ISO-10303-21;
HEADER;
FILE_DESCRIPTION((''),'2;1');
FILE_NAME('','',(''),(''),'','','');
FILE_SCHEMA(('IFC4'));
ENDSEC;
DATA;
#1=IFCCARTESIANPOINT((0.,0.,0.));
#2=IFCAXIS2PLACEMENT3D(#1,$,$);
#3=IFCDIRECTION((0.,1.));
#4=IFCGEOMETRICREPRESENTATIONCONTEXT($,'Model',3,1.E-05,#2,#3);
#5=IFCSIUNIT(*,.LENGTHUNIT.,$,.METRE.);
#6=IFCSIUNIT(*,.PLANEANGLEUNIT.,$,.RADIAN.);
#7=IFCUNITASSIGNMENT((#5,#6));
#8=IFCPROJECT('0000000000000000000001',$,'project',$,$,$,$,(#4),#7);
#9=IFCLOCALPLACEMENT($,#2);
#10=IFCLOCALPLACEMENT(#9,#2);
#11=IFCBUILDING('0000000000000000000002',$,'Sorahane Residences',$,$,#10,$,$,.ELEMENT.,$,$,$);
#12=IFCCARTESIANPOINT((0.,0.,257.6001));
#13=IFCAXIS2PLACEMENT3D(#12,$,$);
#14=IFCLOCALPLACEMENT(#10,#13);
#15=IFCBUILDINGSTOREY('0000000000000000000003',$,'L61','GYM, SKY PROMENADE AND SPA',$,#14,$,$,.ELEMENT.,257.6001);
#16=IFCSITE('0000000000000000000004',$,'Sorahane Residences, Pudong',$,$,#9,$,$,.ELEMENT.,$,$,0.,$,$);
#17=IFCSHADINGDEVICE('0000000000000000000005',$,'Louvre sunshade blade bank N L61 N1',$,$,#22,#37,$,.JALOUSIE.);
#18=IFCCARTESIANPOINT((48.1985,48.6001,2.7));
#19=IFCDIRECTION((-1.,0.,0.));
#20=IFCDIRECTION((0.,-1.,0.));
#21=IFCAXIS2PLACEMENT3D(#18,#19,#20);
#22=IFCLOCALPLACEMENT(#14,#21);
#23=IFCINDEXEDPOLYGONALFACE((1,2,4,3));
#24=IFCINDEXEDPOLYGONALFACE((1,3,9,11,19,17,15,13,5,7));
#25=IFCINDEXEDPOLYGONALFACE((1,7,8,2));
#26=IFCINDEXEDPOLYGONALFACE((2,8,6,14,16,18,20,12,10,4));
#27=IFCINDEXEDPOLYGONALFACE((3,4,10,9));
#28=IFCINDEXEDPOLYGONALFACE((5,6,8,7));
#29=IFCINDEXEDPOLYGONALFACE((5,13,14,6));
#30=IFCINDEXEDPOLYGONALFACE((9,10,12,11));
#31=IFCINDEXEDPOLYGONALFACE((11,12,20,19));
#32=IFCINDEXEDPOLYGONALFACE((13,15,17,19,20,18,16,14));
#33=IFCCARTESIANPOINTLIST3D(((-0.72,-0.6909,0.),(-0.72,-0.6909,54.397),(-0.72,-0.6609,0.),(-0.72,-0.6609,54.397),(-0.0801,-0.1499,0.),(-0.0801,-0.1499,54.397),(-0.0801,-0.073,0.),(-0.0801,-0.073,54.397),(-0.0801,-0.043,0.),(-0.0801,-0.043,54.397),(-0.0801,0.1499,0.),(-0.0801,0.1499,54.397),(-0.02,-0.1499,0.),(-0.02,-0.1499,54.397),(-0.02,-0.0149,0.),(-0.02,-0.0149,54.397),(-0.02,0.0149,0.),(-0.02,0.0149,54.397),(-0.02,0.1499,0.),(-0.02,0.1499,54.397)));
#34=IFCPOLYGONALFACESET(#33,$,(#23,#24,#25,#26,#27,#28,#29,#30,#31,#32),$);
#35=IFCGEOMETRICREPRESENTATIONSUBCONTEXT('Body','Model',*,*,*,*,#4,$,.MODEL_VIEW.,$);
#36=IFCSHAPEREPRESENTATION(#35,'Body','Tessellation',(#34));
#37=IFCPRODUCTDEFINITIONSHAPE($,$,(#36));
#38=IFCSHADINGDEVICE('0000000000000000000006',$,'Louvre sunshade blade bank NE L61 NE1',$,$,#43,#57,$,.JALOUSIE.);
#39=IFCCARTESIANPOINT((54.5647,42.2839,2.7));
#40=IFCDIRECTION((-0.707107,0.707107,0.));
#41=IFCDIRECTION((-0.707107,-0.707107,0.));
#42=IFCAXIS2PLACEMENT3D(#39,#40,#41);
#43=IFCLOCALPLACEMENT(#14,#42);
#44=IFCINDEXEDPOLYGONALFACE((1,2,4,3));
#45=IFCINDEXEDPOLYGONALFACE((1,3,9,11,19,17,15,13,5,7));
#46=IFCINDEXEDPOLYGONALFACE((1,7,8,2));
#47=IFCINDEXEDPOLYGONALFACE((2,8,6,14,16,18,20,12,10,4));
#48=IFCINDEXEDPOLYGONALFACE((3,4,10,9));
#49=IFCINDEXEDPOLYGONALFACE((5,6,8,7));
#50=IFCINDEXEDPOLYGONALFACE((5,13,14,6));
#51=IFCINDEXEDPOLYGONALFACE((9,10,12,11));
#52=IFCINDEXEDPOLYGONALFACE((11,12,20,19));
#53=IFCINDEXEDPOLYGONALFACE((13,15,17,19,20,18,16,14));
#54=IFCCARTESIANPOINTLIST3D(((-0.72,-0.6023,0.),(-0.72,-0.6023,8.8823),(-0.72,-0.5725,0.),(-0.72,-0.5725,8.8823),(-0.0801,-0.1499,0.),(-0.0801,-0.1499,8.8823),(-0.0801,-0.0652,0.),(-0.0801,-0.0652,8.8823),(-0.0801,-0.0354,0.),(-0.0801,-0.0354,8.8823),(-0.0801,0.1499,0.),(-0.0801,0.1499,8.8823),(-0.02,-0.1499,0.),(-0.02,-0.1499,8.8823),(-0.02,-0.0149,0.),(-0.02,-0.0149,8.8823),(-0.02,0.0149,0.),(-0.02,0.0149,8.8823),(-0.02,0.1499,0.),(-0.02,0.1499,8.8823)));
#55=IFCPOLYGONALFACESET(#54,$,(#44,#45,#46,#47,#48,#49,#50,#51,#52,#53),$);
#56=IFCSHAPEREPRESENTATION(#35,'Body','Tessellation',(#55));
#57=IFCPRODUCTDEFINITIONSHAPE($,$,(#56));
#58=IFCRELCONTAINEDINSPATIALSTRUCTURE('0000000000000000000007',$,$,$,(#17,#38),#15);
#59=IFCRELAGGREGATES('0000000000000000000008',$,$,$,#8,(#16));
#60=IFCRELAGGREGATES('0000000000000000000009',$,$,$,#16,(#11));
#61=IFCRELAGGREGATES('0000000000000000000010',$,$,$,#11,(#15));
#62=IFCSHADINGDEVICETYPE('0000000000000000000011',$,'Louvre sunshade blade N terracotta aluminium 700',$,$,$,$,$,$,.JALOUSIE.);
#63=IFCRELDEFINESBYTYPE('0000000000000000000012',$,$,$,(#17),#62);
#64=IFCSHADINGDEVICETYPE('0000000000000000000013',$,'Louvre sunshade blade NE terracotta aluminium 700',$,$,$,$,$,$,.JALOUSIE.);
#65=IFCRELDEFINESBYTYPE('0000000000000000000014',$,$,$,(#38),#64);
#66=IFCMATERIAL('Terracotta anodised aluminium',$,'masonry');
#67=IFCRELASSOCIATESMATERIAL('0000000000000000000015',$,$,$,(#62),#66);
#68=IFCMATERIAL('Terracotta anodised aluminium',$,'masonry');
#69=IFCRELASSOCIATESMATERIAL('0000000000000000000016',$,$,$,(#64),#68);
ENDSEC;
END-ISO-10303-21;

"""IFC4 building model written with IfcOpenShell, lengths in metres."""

from ifc_helpers import new_model, si_unit, direction, frame, origin, place, context, subcontext, project, spatial, polyline, outline, extrude, material, type_object, element, save


model = new_model("IFC4")

# Units and contexts
model_context = context("Model", 3, precision=1e-05, world=origin(), true_north=direction((0.0, 1.0)))
body_context = subcontext(model_context, "Body", "Model", "MODEL_VIEW")
ifc_project = project(units=[si_unit("LENGTHUNIT", "METRE"), si_unit("PLANEANGLEUNIT", "RADIAN")], contexts=[model_context])

# Site, building, storey
site_placement = place(None, origin())
site = spatial("IfcSite", under=ifc_project, at=site_placement, Name="Sorahane Residences, Pudong", CompositionType="ELEMENT", RefElevation=0.0)
building_placement = place(site_placement, origin())
building = spatial("IfcBuilding", under=site, at=building_placement, Name="Sorahane Residences", CompositionType="ELEMENT")
storey_placement = place(building_placement, frame((0.0, 0.0, 257.6001)))
storey = spatial("IfcBuildingStorey", under=building, at=storey_placement, Name="L61", Description="GYM, SKY PROMENADE AND SPA", CompositionType="ELEMENT", Elevation=257.6001)

# Shading devices
ifc_material_1 = material(Name="Terracotta anodised aluminium", Category="masonry")
shading_device_type_1 = type_object("IfcShadingDeviceType", Name="Louvre sunshade blade N terracotta aluminium 700", PredefinedType="JALOUSIE", material=ifc_material_1)
shading_device_1_placement = place(storey_placement, frame((48.1985, 48.6001, 2.7), z_axis=(-1.0, 0.0, 0.0), x_axis=(0.0, -1.0, 0.0)))
element("IfcShadingDevice", 1, at=shading_device_1_placement, inside=storey, type_object=shading_device_type_1, Name="Louvre sunshade blade bank N L61 N1", PredefinedType="JALOUSIE", context=body_context, shape_type="SweptSolid", body=[
    extrude(outline(polyline([(-0.72, -0.6609), (-0.72, -0.6909), (-0.0801, -0.073), (-0.0801, -0.1499), (-0.02, -0.1499), (-0.02, -0.0149), (-0.02, 0.0149), (-0.02, 0.1499), (-0.0801, 0.1499), (-0.0801, -0.043), (-0.72, -0.6609)])), origin(), (0.0, 0.0, 1.0), 54.397),
])
ifc_material_2 = material(Name="Terracotta anodised aluminium", Category="masonry")
shading_device_type_2 = type_object("IfcShadingDeviceType", Name="Louvre sunshade blade NE terracotta aluminium 700", PredefinedType="JALOUSIE", material=ifc_material_2)
shading_device_2_placement = place(storey_placement, frame((54.5647, 42.2839, 2.7), z_axis=(-0.707107, 0.707107, 0.0), x_axis=(-0.707107, -0.707107, 0.0)))
element("IfcShadingDevice", 2, at=shading_device_2_placement, inside=storey, type_object=shading_device_type_2, Name="Louvre sunshade blade bank NE L61 NE1", PredefinedType="JALOUSIE", context=body_context, shape_type="SweptSolid", body=[
    extrude(outline(polyline([(-0.72, -0.5725), (-0.72, -0.6023), (-0.0801, -0.0652), (-0.0801, -0.1499), (-0.02, -0.1499), (-0.02, -0.0149), (-0.02, 0.0149), (-0.02, 0.1499), (-0.0801, 0.1499), (-0.0801, -0.0354), (-0.72, -0.5725)])), origin(), (0.0, 0.0, 1.0), 8.8823),
])

save(model, "model.ifc")
